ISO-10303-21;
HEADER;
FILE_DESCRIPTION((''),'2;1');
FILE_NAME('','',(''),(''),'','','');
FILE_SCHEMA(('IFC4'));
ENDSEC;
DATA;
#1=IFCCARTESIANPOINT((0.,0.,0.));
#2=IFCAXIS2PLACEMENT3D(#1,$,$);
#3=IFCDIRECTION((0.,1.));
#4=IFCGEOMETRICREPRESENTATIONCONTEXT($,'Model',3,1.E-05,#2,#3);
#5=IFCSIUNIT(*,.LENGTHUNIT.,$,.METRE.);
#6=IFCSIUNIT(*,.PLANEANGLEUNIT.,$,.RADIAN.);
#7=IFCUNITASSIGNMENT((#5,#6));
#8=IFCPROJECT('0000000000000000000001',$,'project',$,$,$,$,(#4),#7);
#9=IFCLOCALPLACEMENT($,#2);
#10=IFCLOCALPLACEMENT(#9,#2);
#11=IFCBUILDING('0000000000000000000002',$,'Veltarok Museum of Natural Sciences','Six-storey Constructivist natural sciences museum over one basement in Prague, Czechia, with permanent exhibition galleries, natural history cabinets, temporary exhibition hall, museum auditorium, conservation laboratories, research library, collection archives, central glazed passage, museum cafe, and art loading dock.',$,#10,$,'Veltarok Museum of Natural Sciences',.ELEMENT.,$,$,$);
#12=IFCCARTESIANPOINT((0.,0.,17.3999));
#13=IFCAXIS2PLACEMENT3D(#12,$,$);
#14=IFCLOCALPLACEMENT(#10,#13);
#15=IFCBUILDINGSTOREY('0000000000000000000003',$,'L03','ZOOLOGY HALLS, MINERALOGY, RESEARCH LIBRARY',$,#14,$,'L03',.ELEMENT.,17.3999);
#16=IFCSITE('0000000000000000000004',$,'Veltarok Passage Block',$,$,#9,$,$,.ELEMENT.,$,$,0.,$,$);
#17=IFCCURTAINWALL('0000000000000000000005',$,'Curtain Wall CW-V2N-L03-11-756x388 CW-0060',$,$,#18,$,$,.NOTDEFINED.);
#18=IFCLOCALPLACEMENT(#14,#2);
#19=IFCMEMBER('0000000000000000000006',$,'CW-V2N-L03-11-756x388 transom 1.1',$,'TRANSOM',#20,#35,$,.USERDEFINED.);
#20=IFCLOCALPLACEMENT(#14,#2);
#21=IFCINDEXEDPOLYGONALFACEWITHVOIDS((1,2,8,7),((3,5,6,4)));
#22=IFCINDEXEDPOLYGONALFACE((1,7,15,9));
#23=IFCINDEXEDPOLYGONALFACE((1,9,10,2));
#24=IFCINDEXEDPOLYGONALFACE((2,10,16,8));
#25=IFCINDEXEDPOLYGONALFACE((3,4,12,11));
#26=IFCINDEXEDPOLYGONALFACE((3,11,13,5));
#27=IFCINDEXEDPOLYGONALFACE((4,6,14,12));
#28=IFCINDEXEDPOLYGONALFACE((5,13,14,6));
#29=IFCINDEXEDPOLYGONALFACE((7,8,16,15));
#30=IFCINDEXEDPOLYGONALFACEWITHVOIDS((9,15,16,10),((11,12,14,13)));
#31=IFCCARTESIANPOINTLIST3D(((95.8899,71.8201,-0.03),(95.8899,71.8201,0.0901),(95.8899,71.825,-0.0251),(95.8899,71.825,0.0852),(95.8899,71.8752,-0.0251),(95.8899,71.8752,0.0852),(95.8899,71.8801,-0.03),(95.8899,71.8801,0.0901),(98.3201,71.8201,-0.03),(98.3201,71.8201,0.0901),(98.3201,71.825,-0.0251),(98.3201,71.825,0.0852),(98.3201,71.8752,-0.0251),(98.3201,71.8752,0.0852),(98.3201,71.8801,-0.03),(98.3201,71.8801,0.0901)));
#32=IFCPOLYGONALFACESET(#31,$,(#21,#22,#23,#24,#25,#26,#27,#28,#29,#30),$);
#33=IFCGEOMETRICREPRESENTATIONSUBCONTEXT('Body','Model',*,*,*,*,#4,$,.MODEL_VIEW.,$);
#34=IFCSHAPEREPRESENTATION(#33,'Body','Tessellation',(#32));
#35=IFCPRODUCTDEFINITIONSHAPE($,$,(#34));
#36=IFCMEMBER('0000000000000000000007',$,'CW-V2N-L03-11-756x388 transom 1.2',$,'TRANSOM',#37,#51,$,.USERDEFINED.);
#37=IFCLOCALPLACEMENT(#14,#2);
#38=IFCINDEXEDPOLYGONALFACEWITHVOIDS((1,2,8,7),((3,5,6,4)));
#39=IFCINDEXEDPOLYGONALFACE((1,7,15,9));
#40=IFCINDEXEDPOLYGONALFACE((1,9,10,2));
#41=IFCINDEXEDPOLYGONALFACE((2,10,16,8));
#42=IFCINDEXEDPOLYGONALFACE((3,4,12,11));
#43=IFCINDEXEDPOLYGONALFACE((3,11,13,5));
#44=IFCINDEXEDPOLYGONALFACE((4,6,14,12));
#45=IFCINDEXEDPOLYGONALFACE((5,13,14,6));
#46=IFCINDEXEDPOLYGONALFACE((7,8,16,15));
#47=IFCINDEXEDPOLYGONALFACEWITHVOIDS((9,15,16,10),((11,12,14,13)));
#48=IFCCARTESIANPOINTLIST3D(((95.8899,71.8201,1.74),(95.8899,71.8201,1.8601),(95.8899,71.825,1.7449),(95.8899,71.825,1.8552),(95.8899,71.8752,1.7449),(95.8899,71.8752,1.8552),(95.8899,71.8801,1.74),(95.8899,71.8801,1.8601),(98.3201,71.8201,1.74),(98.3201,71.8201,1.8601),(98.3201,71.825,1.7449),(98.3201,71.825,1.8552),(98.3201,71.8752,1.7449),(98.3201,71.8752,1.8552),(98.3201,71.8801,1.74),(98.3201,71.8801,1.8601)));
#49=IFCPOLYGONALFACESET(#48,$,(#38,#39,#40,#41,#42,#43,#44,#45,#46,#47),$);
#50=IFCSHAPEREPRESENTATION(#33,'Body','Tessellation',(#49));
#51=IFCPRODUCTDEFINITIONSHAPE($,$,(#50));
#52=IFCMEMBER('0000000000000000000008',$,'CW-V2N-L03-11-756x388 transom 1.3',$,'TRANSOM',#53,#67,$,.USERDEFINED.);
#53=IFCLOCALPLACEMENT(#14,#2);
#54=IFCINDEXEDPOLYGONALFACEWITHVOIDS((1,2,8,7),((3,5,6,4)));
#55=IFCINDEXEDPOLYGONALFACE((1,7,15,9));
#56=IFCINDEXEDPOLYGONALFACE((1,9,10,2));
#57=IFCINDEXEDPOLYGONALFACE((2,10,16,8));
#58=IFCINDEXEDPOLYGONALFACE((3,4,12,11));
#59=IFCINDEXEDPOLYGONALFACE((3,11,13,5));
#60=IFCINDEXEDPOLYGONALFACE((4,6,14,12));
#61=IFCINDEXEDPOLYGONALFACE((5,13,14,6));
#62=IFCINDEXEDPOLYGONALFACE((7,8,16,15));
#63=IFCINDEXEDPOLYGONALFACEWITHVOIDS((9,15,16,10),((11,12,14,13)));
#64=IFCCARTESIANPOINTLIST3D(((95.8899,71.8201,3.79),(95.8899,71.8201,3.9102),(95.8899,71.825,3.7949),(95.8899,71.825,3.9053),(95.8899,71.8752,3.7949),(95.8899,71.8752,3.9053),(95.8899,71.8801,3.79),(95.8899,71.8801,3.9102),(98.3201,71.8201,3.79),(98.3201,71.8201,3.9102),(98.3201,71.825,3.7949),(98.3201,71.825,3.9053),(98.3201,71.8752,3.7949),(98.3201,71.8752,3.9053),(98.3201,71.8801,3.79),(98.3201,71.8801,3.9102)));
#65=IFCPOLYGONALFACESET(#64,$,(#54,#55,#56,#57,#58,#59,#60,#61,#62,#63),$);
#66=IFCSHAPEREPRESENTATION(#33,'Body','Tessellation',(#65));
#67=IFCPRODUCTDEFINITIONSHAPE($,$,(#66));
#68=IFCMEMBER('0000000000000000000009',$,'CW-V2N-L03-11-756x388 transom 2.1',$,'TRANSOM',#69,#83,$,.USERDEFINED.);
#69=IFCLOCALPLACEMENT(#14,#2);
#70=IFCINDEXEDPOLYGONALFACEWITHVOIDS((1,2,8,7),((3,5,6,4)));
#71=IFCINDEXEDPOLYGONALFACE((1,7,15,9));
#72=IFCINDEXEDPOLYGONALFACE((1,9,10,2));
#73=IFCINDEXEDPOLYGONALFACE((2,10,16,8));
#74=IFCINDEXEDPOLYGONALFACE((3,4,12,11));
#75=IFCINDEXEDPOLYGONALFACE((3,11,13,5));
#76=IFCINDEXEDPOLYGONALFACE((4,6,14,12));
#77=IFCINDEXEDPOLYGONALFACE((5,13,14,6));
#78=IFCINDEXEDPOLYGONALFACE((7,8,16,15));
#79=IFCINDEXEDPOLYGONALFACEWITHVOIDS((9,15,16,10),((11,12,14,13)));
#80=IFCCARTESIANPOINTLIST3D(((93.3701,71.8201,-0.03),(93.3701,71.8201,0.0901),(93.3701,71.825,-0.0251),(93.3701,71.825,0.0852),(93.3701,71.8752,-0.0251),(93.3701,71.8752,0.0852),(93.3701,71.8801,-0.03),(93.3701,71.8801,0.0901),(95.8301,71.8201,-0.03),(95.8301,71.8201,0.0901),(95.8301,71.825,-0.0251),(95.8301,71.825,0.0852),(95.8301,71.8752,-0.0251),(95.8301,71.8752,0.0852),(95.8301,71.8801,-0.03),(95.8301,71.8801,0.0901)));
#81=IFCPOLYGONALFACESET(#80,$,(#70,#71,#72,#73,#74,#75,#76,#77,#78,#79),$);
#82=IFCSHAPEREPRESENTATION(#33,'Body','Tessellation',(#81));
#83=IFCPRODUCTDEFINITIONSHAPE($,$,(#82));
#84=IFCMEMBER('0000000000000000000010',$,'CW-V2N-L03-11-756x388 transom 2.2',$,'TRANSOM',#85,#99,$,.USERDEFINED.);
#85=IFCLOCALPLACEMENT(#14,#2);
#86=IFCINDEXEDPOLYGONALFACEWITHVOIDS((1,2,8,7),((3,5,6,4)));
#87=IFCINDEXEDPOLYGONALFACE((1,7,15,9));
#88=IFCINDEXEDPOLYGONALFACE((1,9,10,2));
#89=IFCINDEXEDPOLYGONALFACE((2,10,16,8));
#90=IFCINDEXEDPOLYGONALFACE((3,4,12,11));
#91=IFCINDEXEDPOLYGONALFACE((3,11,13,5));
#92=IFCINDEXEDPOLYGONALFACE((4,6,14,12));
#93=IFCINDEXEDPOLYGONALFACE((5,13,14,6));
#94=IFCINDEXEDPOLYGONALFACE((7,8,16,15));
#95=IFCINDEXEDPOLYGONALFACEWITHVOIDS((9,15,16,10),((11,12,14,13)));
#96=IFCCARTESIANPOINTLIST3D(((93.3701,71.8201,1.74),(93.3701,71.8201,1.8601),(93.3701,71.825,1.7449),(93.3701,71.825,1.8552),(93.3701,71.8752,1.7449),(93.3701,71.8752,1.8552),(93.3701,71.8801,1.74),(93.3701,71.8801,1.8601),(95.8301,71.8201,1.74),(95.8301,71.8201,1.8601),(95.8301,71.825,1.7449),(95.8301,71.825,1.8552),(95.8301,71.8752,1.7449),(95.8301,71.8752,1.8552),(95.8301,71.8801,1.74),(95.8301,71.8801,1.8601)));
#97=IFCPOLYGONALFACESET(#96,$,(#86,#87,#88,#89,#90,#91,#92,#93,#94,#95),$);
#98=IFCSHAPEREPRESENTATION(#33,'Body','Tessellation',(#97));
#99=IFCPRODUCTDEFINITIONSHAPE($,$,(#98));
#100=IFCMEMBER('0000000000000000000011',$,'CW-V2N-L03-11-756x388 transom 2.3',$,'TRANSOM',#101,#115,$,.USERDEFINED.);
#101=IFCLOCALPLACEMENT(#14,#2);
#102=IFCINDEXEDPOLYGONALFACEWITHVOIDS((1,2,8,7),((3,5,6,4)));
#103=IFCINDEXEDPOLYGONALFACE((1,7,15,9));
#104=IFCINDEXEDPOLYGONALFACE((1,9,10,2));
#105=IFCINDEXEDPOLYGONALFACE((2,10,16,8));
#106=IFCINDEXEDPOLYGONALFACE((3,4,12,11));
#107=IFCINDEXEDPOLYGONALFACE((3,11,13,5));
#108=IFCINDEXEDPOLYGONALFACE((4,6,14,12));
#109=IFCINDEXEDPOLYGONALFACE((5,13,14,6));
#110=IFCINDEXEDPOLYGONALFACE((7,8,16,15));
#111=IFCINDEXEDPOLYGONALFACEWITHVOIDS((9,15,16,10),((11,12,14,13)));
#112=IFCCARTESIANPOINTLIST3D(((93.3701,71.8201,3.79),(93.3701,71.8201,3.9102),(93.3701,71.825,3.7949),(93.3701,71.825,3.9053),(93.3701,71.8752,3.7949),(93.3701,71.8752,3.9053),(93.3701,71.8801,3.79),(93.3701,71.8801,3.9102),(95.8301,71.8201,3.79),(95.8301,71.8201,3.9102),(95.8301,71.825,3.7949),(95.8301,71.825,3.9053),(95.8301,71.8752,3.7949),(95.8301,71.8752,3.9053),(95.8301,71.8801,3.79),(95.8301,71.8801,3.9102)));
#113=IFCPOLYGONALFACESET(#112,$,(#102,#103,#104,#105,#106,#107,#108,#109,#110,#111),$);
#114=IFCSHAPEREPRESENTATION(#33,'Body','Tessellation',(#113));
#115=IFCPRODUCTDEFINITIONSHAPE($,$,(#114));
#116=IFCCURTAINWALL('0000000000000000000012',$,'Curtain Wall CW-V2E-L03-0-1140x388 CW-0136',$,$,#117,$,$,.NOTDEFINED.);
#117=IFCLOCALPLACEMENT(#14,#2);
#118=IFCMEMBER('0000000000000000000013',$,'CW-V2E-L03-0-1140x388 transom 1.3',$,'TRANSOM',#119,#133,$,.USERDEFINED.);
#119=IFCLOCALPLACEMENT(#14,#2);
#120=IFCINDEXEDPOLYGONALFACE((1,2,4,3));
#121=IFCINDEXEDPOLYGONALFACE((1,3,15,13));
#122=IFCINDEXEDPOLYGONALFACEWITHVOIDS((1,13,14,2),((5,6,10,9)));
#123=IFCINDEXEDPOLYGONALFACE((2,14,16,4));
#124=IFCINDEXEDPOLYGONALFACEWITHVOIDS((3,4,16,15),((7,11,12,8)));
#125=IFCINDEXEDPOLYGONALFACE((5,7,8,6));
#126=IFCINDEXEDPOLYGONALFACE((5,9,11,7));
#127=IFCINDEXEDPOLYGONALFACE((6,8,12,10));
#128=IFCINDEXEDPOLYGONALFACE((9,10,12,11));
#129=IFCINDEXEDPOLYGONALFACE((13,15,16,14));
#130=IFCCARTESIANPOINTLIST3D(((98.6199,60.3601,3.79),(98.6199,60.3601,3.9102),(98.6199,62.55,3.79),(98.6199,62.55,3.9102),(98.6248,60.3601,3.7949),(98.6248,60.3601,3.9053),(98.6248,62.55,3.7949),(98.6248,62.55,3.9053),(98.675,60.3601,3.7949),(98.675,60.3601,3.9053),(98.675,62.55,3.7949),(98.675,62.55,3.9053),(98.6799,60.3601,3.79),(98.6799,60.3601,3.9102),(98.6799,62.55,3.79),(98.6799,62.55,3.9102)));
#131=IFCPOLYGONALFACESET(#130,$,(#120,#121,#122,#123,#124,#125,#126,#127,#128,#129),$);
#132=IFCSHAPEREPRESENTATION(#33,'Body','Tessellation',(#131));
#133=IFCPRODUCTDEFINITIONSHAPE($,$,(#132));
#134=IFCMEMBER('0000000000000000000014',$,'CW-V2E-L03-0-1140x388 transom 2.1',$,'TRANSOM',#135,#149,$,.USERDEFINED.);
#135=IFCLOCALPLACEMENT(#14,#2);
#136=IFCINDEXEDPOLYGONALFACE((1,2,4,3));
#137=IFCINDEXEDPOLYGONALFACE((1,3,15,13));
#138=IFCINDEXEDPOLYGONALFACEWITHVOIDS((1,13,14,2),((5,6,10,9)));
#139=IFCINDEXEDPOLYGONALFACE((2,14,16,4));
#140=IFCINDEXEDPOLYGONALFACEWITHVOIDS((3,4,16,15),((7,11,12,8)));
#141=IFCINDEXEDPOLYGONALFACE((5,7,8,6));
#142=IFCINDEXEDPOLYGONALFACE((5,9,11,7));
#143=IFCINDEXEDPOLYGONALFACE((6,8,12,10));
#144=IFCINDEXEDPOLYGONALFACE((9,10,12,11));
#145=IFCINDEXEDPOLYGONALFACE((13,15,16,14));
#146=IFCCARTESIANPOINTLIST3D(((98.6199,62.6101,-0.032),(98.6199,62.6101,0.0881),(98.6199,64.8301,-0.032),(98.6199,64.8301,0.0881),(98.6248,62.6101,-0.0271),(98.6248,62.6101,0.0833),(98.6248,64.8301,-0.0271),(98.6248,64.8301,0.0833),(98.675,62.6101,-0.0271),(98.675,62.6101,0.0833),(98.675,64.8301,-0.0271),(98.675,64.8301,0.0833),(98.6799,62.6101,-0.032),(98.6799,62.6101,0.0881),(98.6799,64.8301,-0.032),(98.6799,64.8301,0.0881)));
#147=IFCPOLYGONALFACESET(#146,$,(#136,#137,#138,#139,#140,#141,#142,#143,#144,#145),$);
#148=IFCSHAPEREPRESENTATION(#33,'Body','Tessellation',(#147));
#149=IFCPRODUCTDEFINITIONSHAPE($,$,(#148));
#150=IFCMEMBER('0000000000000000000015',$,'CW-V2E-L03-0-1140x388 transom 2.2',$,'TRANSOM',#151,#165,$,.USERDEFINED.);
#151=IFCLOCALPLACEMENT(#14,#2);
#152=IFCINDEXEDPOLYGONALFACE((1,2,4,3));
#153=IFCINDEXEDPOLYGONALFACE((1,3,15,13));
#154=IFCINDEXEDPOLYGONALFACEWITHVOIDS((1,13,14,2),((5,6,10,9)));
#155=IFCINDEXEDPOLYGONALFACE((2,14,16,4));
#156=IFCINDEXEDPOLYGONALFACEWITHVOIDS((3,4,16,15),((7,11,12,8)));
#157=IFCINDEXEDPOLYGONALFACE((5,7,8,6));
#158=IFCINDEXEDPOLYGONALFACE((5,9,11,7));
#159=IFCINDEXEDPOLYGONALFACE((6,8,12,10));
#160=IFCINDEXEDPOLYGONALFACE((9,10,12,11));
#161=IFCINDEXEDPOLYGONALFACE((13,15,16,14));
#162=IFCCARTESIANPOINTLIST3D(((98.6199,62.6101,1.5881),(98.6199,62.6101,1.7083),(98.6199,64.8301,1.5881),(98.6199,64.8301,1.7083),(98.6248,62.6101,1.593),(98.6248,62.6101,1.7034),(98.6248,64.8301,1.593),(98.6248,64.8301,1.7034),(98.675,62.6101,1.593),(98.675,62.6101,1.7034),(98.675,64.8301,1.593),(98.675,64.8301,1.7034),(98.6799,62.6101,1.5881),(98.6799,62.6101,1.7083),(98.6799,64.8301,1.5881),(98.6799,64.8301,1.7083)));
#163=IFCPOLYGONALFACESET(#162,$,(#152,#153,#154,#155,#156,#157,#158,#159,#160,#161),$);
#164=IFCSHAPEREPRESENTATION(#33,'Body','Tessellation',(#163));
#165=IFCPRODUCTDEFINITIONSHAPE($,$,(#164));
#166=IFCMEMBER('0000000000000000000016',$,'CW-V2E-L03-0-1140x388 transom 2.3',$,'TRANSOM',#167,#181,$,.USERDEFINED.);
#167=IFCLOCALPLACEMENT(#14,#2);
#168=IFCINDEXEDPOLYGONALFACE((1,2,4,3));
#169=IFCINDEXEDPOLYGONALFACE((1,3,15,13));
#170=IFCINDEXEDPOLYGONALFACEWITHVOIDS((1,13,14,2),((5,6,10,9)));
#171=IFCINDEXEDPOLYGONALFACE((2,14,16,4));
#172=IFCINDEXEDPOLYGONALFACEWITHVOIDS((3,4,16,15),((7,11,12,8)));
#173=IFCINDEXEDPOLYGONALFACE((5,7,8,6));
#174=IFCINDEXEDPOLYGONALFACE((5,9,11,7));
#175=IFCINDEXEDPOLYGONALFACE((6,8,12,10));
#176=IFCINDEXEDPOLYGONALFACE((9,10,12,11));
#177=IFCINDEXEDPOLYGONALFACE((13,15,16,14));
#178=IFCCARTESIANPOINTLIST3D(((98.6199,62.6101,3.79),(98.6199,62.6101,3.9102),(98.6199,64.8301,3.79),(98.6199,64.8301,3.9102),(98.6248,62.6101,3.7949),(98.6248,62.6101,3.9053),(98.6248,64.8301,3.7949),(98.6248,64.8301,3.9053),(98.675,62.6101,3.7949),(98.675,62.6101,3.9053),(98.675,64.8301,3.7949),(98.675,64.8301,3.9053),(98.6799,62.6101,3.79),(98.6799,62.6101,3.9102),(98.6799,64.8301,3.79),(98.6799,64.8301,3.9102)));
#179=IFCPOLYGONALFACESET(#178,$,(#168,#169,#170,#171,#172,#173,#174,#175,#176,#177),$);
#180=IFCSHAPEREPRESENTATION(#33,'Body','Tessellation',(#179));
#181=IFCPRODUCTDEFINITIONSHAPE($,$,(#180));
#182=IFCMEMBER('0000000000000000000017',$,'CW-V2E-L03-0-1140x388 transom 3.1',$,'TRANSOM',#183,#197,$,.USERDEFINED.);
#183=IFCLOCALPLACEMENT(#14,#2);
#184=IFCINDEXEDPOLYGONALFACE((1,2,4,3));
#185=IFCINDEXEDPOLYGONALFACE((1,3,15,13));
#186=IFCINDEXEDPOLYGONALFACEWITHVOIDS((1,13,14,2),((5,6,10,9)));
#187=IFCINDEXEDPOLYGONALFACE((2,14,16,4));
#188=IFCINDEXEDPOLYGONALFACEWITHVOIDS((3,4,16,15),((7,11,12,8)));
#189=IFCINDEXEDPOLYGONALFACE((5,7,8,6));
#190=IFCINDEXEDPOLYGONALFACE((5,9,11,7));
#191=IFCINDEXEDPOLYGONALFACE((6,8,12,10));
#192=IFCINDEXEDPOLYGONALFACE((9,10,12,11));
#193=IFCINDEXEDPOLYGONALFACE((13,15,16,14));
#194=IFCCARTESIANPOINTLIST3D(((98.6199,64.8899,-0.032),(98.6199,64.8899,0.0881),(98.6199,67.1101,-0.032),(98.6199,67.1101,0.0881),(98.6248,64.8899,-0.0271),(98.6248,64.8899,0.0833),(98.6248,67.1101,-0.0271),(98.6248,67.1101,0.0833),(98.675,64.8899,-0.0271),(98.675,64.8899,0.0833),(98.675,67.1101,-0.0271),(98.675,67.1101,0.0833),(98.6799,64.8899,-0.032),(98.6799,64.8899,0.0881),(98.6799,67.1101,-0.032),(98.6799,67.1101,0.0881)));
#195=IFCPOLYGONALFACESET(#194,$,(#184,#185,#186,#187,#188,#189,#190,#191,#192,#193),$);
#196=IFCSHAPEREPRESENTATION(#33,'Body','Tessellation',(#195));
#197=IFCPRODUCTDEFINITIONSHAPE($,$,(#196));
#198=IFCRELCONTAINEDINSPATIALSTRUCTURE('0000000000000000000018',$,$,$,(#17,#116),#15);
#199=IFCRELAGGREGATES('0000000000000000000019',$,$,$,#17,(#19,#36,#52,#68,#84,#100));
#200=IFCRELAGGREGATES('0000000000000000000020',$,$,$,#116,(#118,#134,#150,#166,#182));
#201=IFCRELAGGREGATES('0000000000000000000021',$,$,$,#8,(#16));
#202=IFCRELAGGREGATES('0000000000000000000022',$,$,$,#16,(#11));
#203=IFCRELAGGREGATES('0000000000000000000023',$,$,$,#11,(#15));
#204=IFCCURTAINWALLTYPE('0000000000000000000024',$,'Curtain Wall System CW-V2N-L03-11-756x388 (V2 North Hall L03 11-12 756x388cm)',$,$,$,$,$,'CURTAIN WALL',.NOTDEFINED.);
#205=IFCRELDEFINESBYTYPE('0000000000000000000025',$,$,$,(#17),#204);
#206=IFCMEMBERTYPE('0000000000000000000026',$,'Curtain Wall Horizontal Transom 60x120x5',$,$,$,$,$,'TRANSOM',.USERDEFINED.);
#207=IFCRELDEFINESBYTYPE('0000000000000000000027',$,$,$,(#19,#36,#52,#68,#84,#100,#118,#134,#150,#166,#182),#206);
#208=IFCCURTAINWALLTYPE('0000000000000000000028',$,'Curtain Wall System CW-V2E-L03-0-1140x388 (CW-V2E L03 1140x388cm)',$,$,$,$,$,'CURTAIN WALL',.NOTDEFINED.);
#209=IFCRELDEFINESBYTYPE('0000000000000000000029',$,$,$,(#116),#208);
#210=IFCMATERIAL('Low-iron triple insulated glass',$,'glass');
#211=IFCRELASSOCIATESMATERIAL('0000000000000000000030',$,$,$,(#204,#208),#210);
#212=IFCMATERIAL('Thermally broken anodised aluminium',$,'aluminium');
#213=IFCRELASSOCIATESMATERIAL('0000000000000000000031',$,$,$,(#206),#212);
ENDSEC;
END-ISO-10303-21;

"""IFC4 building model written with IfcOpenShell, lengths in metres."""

from ifc_helpers import new_model, si_unit, direction, frame, origin, origin_2d, place, context, subcontext, project, spatial, hollow_rectangle, extrude, material, material_profile, profile_set, type_object, element, aggregate, save


model = new_model("IFC4")

# Units and contexts
model_context = context("Model", 3, precision=1e-05, world=origin(), true_north=direction((0.0, 1.0)))
body_context = subcontext(model_context, "Body", "Model", "MODEL_VIEW")
ifc_project = project(units=[si_unit("LENGTHUNIT", "METRE"), si_unit("PLANEANGLEUNIT", "RADIAN")], contexts=[model_context])

# Site, building, storey
site_placement = place(None, origin())
site = spatial("IfcSite", under=ifc_project, at=site_placement, Name="Veltarok Passage Block", CompositionType="ELEMENT", RefElevation=0.0)
building_placement = place(site_placement, origin())
building = spatial("IfcBuilding", under=site, at=building_placement, Name="Veltarok Museum of Natural Sciences", Description="Six-storey Constructivist natural sciences museum over one basement in Prague, Czechia, with permanent exhibition galleries, natural history cabinets, temporary exhibition hall, museum auditorium, conservation laboratories, research library, collection archives, central glazed passage, museum cafe, and art loading dock.", LongName="Veltarok Museum of Natural Sciences", CompositionType="ELEMENT")
storey_placement = place(building_placement, frame((0.0, 0.0, 17.3999)))
storey = spatial("IfcBuildingStorey", under=building, at=storey_placement, Name="L03", Description="ZOOLOGY HALLS, MINERALOGY, RESEARCH LIBRARY", LongName="L03", CompositionType="ELEMENT", Elevation=17.3999)

# Curtain walls, members
ifc_material_1 = material(Name="Low-iron triple insulated glass", Category="glass")
curtain_wall_type_1 = type_object("IfcCurtainWallType", Name="Curtain Wall System CW-V2N-L03-11-756x388 (V2 North Hall L03 11-12 756x388cm)", ElementType="CURTAIN WALL", PredefinedType="NOTDEFINED", material=ifc_material_1)
curtain_wall_1_placement = place(storey_placement, origin())
curtain_wall_1 = element("IfcCurtainWall", 1, at=curtain_wall_1_placement, inside=storey, type_object=curtain_wall_type_1, Name="Curtain Wall CW-V2N-L03-11-756x388 CW-0060", PredefinedType="NOTDEFINED")
ifc_material_2 = material(Name="Thermally broken anodised aluminium", Category="aluminium")
ifc_material_profile_1 = material_profile(ifc_material_2, hollow_rectangle(XDim=0.0601, YDim=0.1201, WallThickness=0.0049, at=origin_2d()), Name="CW TRANSOM 60x120x5")
ifc_profile_set_1 = profile_set([ifc_material_profile_1], Name="Thermally broken anodised aluminium")
member_type_1 = type_object("IfcMemberType", Name="Curtain Wall Horizontal Transom 60x120x5", ElementType="TRANSOM", PredefinedType="USERDEFINED", material=ifc_profile_set_1)
member_1_placement = place(storey_placement, frame((98.3201, 71.8501, 0.03), z_axis=(-1.0, 0.0, 0.0), x_axis=(0.0, -1.0, 0.0)))
member_1 = element("IfcMember", 2, at=member_1_placement, type_object=member_type_1, Name="CW-V2N-L03-11-756x388 transom 1.1", ObjectType="TRANSOM", PredefinedType="USERDEFINED", context=body_context, shape_type="SweptSolid", body=[
    extrude(hollow_rectangle(XDim=0.0601, YDim=0.1201, WallThickness=0.0049, at=origin_2d()), origin(), (0.0, 0.0, 1.0), 2.4302),
])
member_2_placement = place(storey_placement, frame((98.3201, 71.8501, 1.8), z_axis=(-1.0, 0.0, 0.0), x_axis=(0.0, -1.0, 0.0)))
member_2 = element("IfcMember", 3, at=member_2_placement, type_object=member_type_1, Name="CW-V2N-L03-11-756x388 transom 1.2", ObjectType="TRANSOM", PredefinedType="USERDEFINED", context=body_context, shape_type="SweptSolid", body=[
    extrude(hollow_rectangle(XDim=0.0601, YDim=0.1201, WallThickness=0.0049, at=origin_2d()), origin(), (0.0, 0.0, 1.0), 2.4302),
])
member_3_placement = place(storey_placement, frame((98.3201, 71.8501, 3.8501), z_axis=(-1.0, 0.0, 0.0), x_axis=(0.0, -1.0, 0.0)))
member_3 = element("IfcMember", 4, at=member_3_placement, type_object=member_type_1, Name="CW-V2N-L03-11-756x388 transom 1.3", ObjectType="TRANSOM", PredefinedType="USERDEFINED", context=body_context, shape_type="SweptSolid", body=[
    extrude(hollow_rectangle(XDim=0.0601, YDim=0.1201, WallThickness=0.0049, at=origin_2d()), origin(), (0.0, 0.0, 1.0), 2.4302),
])
member_4_placement = place(storey_placement, frame((95.8301, 71.8501, 0.03), z_axis=(-1.0, 0.0, 0.0), x_axis=(0.0, -1.0, 0.0)))
member_4 = element("IfcMember", 5, at=member_4_placement, type_object=member_type_1, Name="CW-V2N-L03-11-756x388 transom 2.1", ObjectType="TRANSOM", PredefinedType="USERDEFINED", context=body_context, shape_type="SweptSolid", body=[
    extrude(hollow_rectangle(XDim=0.0601, YDim=0.1201, WallThickness=0.0049, at=origin_2d()), origin(), (0.0, 0.0, 1.0), 2.46),
])
member_5_placement = place(storey_placement, frame((95.8301, 71.8501, 1.8), z_axis=(-1.0, 0.0, 0.0), x_axis=(0.0, -1.0, 0.0)))
member_5 = element("IfcMember", 6, at=member_5_placement, type_object=member_type_1, Name="CW-V2N-L03-11-756x388 transom 2.2", ObjectType="TRANSOM", PredefinedType="USERDEFINED", context=body_context, shape_type="SweptSolid", body=[
    extrude(hollow_rectangle(XDim=0.0601, YDim=0.1201, WallThickness=0.0049, at=origin_2d()), origin(), (0.0, 0.0, 1.0), 2.46),
])
member_6_placement = place(storey_placement, frame((95.8301, 71.8501, 3.8501), z_axis=(-1.0, 0.0, 0.0), x_axis=(0.0, -1.0, 0.0)))
member_6 = element("IfcMember", 7, at=member_6_placement, type_object=member_type_1, Name="CW-V2N-L03-11-756x388 transom 2.3", ObjectType="TRANSOM", PredefinedType="USERDEFINED", context=body_context, shape_type="SweptSolid", body=[
    extrude(hollow_rectangle(XDim=0.0601, YDim=0.1201, WallThickness=0.0049, at=origin_2d()), origin(), (0.0, 0.0, 1.0), 2.46),
])
curtain_wall_type_2 = type_object("IfcCurtainWallType", Name="Curtain Wall System CW-V2E-L03-0-1140x388 (CW-V2E L03 1140x388cm)", ElementType="CURTAIN WALL", PredefinedType="NOTDEFINED", material=ifc_material_1)
curtain_wall_2_placement = place(storey_placement, origin())
curtain_wall_2 = element("IfcCurtainWall", 8, at=curtain_wall_2_placement, inside=storey, type_object=curtain_wall_type_2, Name="Curtain Wall CW-V2E-L03-0-1140x388 CW-0136", PredefinedType="NOTDEFINED")
member_7_placement = place(storey_placement, frame((98.6499, 60.3601, 3.8501), z_axis=(0.0, 1.0, 0.0), x_axis=(-1.0, 0.0, 0.0)))
member_7 = element("IfcMember", 9, at=member_7_placement, type_object=member_type_1, Name="CW-V2E-L03-0-1140x388 transom 1.3", ObjectType="TRANSOM", PredefinedType="USERDEFINED", context=body_context, shape_type="SweptSolid", body=[
    extrude(hollow_rectangle(XDim=0.0601, YDim=0.1201, WallThickness=0.0049, at=origin_2d()), origin(), (0.0, 0.0, 1.0), 2.1899),
])
member_8_placement = place(storey_placement, frame((98.6499, 62.6101, 0.0281), z_axis=(0.0, 1.0, 0.0), x_axis=(-1.0, 0.0, 0.0)))
member_8 = element("IfcMember", 10, at=member_8_placement, type_object=member_type_1, Name="CW-V2E-L03-0-1140x388 transom 2.1", ObjectType="TRANSOM", PredefinedType="USERDEFINED", context=body_context, shape_type="SweptSolid", body=[
    extrude(hollow_rectangle(XDim=0.0601, YDim=0.1201, WallThickness=0.0049, at=origin_2d()), origin(), (0.0, 0.0, 1.0), 2.22),
])
member_9_placement = place(storey_placement, frame((98.6499, 62.6101, 1.6482), z_axis=(0.0, 1.0, 0.0), x_axis=(-1.0, 0.0, 0.0)))
member_9 = element("IfcMember", 11, at=member_9_placement, type_object=member_type_1, Name="CW-V2E-L03-0-1140x388 transom 2.2", ObjectType="TRANSOM", PredefinedType="USERDEFINED", context=body_context, shape_type="SweptSolid", body=[
    extrude(hollow_rectangle(XDim=0.0601, YDim=0.1201, WallThickness=0.0049, at=origin_2d()), origin(), (0.0, 0.0, 1.0), 2.22),
])
member_10_placement = place(storey_placement, frame((98.6499, 62.6101, 3.8501), z_axis=(0.0, 1.0, 0.0), x_axis=(-1.0, 0.0, 0.0)))
member_10 = element("IfcMember", 12, at=member_10_placement, type_object=member_type_1, Name="CW-V2E-L03-0-1140x388 transom 2.3", ObjectType="TRANSOM", PredefinedType="USERDEFINED", context=body_context, shape_type="SweptSolid", body=[
    extrude(hollow_rectangle(XDim=0.0601, YDim=0.1201, WallThickness=0.0049, at=origin_2d()), origin(), (0.0, 0.0, 1.0), 2.22),
])
member_11_placement = place(storey_placement, frame((98.6499, 64.8899, 0.0281), z_axis=(0.0, 1.0, 0.0), x_axis=(-1.0, 0.0, 0.0)))
member_11 = element("IfcMember", 13, at=member_11_placement, type_object=member_type_1, Name="CW-V2E-L03-0-1140x388 transom 3.1", ObjectType="TRANSOM", PredefinedType="USERDEFINED", context=body_context, shape_type="SweptSolid", body=[
    extrude(hollow_rectangle(XDim=0.0601, YDim=0.1201, WallThickness=0.0049, at=origin_2d()), origin(), (0.0, 0.0, 1.0), 2.2202),
])

aggregate(curtain_wall_1, [member_1, member_2, member_3, member_4, member_5, member_6])
aggregate(curtain_wall_2, [member_7, member_8, member_9, member_10, member_11])

save(model, "model.ifc")
